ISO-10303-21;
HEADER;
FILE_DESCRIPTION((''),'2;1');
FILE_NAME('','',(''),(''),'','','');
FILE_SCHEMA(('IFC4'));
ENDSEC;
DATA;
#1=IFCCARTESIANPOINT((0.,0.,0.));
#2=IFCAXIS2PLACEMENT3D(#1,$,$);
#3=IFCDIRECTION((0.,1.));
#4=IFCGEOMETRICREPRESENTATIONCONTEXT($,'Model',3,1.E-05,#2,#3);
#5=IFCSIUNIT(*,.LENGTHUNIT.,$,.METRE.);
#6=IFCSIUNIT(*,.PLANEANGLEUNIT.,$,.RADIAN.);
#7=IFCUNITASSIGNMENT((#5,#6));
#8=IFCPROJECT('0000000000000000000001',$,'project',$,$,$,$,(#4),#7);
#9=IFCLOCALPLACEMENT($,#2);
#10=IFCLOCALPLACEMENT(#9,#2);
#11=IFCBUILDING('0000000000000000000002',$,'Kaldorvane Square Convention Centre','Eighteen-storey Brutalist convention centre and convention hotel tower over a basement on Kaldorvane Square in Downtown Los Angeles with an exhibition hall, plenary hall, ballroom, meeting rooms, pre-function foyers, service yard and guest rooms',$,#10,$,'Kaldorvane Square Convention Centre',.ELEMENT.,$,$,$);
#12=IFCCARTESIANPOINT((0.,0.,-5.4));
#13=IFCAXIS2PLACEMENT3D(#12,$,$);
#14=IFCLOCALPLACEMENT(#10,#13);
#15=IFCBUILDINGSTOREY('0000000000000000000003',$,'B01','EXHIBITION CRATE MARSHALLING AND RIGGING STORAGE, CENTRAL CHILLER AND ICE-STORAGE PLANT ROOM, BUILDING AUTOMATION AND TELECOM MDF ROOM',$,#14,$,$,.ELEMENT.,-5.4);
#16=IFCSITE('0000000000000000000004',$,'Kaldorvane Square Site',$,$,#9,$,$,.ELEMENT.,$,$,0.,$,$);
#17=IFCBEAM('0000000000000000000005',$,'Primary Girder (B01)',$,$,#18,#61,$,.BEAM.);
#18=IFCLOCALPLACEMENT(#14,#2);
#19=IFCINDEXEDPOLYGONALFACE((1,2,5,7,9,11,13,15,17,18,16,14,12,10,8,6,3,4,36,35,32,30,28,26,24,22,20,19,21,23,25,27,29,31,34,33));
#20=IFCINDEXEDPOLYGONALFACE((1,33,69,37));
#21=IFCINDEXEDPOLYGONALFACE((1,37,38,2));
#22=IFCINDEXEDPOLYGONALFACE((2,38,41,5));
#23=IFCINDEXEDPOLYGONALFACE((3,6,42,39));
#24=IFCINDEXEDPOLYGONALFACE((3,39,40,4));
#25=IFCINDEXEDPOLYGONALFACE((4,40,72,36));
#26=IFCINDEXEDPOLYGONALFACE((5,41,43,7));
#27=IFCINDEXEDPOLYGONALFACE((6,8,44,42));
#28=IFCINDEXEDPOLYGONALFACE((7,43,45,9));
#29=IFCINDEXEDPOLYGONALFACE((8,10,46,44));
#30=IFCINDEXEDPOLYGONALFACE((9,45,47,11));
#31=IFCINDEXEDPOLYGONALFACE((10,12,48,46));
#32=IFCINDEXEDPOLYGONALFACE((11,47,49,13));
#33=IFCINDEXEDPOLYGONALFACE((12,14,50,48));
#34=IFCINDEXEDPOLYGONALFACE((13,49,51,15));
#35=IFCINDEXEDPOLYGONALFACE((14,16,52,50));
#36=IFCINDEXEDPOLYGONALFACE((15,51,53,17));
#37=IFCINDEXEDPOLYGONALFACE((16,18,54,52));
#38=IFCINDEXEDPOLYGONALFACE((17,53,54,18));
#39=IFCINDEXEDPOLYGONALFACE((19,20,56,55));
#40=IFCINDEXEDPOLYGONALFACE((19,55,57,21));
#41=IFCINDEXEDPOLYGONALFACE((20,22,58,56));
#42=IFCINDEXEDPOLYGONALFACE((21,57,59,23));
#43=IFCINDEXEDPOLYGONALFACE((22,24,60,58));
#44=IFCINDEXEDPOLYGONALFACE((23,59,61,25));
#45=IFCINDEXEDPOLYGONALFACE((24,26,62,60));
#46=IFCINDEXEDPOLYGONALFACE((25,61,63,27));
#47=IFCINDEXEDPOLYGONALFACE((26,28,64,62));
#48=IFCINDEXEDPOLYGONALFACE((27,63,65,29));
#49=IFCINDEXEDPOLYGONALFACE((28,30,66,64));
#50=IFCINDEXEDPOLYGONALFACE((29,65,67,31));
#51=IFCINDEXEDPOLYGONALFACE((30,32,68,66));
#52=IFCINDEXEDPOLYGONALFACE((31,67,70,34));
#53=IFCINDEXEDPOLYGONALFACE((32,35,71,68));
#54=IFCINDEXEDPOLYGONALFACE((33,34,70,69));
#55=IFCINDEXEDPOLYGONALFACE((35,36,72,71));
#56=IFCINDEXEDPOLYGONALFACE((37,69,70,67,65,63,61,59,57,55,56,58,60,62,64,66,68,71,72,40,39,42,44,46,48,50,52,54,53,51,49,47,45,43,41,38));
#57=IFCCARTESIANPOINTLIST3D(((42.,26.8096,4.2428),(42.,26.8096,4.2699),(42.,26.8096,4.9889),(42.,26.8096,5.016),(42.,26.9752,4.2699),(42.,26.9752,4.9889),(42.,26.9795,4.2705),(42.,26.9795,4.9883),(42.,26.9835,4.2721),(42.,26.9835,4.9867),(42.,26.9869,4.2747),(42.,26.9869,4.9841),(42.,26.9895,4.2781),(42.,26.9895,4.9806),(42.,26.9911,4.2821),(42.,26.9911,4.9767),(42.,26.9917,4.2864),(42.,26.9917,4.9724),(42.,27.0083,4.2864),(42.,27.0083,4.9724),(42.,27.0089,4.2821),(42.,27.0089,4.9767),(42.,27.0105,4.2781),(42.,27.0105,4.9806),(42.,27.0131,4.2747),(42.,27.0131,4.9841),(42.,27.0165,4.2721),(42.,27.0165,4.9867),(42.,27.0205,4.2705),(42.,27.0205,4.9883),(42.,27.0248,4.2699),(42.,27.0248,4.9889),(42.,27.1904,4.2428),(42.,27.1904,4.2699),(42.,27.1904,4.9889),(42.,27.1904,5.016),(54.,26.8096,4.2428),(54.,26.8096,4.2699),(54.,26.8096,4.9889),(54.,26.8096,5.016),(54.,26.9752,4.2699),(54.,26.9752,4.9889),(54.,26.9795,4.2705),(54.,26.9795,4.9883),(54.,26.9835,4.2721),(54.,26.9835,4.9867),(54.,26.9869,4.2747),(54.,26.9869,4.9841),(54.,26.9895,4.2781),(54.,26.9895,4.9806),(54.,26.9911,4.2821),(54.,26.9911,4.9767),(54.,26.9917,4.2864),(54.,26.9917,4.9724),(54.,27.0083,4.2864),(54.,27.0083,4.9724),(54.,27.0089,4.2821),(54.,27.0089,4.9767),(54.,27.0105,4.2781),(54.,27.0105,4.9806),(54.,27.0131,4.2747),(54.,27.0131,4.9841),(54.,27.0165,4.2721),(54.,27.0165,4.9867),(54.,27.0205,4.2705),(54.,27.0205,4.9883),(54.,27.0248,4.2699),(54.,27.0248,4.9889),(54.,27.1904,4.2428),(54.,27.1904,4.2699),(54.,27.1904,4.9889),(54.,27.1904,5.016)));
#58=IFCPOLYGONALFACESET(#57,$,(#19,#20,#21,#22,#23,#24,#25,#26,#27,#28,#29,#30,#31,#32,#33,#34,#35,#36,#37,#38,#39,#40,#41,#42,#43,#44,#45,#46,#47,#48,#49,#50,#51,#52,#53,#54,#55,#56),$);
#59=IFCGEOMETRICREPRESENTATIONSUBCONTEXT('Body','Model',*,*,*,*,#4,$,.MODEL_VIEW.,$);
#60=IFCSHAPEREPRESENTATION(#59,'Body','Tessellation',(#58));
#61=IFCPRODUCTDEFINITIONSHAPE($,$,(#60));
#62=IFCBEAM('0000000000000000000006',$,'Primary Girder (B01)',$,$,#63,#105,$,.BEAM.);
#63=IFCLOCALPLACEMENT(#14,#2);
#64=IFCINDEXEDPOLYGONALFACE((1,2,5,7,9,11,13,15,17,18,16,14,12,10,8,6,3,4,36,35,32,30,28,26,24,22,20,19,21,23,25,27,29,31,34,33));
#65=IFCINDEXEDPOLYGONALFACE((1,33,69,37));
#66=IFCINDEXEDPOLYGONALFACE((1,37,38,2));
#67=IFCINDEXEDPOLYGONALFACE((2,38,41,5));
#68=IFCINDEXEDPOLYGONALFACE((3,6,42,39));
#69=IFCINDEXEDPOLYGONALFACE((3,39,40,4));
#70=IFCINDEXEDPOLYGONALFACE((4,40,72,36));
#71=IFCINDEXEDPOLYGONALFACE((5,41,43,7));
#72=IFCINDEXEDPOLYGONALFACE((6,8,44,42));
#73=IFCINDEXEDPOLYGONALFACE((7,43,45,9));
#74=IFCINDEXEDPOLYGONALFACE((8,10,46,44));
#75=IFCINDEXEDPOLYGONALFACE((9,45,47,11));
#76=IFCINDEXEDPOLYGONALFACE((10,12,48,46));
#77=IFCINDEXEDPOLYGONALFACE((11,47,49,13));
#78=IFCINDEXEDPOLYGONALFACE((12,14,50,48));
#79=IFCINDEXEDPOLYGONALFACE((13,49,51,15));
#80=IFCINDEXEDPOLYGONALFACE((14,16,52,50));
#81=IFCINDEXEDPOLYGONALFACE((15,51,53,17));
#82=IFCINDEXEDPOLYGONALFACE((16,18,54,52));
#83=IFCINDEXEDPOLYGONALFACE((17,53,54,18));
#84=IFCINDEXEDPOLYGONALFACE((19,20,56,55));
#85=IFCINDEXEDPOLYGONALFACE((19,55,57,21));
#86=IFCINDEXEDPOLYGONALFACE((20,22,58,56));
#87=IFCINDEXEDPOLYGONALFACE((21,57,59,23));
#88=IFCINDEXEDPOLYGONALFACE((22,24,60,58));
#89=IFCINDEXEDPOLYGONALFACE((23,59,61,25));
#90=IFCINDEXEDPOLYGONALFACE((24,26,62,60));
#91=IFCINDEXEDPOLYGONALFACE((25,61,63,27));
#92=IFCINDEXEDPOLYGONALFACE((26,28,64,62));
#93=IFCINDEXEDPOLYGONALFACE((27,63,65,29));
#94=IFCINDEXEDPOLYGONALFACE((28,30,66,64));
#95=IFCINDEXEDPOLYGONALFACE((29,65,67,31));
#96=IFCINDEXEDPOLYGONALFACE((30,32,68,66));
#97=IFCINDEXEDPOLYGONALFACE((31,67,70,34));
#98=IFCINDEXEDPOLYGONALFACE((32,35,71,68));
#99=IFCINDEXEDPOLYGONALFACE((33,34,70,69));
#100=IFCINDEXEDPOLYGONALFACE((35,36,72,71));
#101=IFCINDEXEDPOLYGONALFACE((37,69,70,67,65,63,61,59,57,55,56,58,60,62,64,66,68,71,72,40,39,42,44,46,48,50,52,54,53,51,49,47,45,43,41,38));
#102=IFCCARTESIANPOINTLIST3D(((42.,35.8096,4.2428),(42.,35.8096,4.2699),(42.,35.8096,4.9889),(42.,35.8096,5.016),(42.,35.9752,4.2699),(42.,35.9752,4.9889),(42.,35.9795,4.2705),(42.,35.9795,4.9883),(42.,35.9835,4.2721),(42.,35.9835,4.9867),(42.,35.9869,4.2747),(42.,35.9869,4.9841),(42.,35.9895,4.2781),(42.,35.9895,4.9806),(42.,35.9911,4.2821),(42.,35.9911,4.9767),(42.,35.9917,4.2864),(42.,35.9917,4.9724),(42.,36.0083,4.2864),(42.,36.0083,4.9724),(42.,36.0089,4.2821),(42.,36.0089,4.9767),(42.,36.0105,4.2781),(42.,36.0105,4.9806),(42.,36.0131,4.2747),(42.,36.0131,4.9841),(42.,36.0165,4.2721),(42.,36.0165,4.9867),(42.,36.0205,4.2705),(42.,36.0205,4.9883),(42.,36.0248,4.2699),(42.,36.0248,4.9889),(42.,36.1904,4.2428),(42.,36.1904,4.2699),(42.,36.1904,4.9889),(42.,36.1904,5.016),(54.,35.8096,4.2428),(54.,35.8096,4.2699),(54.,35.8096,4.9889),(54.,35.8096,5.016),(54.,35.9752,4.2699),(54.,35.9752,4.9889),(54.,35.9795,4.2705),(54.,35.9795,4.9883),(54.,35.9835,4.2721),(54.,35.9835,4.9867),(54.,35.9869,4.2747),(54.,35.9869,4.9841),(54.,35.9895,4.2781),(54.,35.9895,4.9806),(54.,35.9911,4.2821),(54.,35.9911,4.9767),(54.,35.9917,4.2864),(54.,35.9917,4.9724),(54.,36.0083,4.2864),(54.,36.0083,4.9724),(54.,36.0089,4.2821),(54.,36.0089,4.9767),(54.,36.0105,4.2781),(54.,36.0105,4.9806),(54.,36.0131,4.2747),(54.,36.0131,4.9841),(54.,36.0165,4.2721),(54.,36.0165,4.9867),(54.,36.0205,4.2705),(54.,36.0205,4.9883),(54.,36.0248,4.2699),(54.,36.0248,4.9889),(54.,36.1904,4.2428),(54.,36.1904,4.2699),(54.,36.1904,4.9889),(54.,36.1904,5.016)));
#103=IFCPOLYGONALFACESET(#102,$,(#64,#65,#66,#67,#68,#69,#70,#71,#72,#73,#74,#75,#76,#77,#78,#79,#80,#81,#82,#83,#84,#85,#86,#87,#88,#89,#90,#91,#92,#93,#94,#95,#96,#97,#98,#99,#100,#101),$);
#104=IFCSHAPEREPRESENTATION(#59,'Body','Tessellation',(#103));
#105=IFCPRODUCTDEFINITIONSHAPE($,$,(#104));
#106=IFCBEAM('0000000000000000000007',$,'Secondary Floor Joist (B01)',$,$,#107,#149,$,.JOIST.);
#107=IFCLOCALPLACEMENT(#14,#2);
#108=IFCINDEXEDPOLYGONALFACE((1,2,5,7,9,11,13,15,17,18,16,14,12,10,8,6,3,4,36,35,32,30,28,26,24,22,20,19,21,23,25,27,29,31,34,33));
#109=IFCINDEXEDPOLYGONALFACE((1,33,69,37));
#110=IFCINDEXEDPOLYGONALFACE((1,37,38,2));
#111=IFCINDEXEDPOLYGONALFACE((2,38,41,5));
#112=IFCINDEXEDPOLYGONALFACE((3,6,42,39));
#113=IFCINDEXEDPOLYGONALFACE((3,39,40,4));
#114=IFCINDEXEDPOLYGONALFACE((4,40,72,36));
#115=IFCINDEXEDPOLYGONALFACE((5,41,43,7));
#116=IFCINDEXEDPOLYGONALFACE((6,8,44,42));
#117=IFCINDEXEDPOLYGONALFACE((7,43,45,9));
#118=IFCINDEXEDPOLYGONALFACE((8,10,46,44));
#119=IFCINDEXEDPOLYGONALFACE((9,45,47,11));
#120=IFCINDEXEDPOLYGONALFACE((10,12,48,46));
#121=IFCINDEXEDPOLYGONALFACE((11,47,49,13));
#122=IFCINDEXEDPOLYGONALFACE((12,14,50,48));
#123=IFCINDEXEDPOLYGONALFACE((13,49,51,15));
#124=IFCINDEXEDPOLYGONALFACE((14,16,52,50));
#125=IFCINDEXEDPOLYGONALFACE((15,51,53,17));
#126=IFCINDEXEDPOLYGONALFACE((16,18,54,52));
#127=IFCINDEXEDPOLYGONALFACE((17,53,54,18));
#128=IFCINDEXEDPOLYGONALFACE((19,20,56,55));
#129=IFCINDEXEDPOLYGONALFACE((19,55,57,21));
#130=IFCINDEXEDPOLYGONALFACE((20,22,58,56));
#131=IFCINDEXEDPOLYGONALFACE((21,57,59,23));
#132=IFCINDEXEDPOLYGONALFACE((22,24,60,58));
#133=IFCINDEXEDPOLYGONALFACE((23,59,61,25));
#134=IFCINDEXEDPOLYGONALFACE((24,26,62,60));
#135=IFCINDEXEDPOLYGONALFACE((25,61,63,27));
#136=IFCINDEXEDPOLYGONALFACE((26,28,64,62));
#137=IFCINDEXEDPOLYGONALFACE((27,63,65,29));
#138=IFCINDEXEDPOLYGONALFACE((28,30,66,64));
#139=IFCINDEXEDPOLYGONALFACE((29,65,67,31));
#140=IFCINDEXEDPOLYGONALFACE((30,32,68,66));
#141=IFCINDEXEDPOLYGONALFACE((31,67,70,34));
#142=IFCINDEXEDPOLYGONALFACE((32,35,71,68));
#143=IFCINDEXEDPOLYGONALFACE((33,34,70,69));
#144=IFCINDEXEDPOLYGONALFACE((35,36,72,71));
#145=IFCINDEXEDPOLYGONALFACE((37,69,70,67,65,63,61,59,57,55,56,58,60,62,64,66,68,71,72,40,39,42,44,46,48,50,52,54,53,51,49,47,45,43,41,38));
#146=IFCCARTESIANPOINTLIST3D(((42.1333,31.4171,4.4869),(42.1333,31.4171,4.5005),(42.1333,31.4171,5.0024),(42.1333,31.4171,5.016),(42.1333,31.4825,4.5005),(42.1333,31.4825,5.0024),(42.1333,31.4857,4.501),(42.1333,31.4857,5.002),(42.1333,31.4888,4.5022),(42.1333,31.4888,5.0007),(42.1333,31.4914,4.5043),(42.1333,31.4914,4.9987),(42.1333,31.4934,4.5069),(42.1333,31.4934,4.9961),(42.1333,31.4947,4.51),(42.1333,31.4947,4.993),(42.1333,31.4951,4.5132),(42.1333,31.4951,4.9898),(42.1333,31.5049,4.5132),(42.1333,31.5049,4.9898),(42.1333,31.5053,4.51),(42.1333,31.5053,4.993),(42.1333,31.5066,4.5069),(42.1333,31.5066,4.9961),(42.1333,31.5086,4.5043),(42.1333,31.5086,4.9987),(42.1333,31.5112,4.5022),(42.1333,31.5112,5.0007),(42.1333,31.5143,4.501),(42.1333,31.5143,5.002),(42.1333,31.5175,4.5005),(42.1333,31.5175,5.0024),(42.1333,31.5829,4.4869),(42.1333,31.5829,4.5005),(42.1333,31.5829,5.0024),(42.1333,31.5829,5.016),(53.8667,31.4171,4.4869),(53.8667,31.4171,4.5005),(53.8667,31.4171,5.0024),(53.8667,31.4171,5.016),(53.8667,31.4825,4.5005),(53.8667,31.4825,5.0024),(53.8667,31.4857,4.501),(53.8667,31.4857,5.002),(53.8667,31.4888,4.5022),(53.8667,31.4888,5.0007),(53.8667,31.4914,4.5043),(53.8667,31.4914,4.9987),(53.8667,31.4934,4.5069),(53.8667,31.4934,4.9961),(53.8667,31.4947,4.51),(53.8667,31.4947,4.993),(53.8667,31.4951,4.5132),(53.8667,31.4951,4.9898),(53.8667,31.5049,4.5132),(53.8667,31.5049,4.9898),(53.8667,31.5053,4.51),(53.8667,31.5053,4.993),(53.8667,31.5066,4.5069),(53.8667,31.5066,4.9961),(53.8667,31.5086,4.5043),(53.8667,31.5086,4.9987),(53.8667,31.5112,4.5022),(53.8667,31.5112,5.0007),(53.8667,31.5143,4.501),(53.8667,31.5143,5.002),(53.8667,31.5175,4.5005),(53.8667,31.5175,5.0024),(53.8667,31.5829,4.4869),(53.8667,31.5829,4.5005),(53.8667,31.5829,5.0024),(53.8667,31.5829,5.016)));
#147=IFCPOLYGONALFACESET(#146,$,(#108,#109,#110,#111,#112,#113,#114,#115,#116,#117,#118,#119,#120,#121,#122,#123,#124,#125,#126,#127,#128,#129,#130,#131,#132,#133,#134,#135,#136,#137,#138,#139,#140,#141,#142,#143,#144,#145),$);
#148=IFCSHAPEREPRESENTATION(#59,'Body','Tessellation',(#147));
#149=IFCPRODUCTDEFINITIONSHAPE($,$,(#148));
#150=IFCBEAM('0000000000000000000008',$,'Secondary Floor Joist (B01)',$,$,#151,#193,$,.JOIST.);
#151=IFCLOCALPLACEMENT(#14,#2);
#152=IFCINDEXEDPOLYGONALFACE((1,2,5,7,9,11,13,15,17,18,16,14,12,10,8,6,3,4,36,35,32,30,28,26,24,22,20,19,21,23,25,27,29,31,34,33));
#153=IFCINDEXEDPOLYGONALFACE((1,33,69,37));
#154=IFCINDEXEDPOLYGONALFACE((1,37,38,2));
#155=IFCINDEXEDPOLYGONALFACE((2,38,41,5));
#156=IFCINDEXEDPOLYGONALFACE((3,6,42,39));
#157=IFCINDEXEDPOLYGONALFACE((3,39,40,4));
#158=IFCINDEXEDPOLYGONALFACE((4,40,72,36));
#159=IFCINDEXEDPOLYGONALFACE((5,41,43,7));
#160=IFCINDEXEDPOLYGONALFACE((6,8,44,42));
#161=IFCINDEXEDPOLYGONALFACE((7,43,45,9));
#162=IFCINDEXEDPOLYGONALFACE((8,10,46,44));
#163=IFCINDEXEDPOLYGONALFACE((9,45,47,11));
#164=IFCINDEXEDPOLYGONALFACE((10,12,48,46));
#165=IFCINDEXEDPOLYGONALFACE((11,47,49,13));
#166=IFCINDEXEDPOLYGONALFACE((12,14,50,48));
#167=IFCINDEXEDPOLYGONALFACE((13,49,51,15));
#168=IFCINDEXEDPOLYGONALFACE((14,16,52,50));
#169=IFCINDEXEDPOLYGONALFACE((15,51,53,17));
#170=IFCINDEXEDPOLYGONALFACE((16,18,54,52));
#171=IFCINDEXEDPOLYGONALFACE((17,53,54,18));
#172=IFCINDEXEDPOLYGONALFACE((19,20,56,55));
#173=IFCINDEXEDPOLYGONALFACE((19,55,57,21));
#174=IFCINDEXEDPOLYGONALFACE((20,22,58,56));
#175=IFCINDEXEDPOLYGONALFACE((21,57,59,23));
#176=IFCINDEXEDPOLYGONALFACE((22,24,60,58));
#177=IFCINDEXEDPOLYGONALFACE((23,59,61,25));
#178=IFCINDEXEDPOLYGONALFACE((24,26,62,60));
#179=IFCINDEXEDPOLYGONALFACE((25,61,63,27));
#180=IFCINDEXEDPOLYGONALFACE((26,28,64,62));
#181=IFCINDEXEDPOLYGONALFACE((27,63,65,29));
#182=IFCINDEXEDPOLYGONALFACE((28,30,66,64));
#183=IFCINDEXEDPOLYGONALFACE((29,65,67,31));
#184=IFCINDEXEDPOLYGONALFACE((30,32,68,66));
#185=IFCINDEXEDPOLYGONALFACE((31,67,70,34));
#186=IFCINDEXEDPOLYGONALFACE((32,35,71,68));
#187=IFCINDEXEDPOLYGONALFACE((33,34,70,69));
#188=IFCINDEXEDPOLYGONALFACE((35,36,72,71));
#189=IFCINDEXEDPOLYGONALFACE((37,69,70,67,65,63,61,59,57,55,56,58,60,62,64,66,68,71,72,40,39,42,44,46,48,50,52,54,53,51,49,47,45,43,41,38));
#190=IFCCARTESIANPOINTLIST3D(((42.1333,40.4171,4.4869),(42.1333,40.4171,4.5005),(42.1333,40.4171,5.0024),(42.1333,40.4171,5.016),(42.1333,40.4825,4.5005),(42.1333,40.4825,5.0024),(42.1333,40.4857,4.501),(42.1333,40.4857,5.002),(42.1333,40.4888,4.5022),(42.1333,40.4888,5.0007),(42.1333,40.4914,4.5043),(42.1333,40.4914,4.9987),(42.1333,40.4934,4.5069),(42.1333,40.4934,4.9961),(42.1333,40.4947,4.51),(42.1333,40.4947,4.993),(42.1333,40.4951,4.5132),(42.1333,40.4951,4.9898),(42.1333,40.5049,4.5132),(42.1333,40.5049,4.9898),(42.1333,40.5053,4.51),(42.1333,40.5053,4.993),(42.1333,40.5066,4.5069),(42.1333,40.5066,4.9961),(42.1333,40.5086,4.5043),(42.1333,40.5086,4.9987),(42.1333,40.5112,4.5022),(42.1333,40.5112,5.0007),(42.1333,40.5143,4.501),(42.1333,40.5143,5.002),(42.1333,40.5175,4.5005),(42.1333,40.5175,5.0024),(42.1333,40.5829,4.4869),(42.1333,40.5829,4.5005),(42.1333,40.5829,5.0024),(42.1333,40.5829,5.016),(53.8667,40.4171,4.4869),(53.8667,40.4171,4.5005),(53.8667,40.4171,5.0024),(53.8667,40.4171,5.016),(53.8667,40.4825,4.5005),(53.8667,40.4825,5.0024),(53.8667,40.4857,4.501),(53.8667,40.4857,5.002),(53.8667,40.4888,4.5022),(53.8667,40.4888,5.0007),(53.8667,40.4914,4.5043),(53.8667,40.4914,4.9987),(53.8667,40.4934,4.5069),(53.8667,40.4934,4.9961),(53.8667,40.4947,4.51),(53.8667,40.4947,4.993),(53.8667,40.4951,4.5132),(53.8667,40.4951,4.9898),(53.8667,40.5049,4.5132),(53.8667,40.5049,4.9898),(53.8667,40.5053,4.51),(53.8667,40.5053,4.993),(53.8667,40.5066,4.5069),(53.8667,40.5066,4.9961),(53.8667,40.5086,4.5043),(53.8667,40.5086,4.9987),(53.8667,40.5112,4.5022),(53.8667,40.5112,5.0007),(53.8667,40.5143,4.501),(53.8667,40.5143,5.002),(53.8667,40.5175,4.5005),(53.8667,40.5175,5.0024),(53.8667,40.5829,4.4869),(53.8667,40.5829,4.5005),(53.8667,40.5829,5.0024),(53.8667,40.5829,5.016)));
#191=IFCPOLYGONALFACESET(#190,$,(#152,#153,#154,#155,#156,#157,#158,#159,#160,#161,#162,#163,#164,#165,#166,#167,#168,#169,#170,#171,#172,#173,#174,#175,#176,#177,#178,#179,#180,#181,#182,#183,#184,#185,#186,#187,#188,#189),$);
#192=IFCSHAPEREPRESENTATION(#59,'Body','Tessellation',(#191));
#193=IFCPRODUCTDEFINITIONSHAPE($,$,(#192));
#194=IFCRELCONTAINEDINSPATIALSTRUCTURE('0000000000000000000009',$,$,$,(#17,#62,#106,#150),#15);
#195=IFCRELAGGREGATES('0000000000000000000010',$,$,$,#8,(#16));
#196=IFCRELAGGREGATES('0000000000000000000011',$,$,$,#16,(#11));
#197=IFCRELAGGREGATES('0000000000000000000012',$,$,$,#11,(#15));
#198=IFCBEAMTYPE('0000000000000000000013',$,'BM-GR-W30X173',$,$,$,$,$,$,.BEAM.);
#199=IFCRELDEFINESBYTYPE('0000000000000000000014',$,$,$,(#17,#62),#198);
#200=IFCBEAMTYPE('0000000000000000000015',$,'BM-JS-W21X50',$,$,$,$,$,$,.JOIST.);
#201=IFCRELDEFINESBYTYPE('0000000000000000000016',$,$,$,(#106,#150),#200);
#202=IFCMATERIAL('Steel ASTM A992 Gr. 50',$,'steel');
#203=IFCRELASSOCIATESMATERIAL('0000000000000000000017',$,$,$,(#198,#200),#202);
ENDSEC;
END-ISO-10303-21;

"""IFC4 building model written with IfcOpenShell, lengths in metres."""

from ifc_helpers import new_model, si_unit, direction, frame, origin, origin_2d, place, context, subcontext, project, spatial, i_section, extrude, material, material_profile, profile_set, type_object, element, save


model = new_model("IFC4")

# Units and contexts
model_context = context("Model", 3, precision=1e-05, world=origin(), true_north=direction((0.0, 1.0)))
body_context = subcontext(model_context, "Body", "Model", "MODEL_VIEW")
ifc_project = project(units=[si_unit("LENGTHUNIT", "METRE"), si_unit("PLANEANGLEUNIT", "RADIAN")], contexts=[model_context])

# Site, building, storey
site_placement = place(None, origin())
site = spatial("IfcSite", under=ifc_project, at=site_placement, Name="Kaldorvane Square Site", CompositionType="ELEMENT", RefElevation=0.0)
building_placement = place(site_placement, origin())
building = spatial("IfcBuilding", under=site, at=building_placement, Name="Kaldorvane Square Convention Centre", Description="Eighteen-storey Brutalist convention centre and convention hotel tower over a basement on Kaldorvane Square in Downtown Los Angeles with an exhibition hall, plenary hall, ballroom, meeting rooms, pre-function foyers, service yard and guest rooms", LongName="Kaldorvane Square Convention Centre", CompositionType="ELEMENT")
storey_placement = place(building_placement, frame((0.0, 0.0, -5.4)))
storey = spatial("IfcBuildingStorey", under=building, at=storey_placement, Name="B01", Description="EXHIBITION CRATE MARSHALLING AND RIGGING STORAGE, CENTRAL CHILLER AND ICE-STORAGE PLANT ROOM, BUILDING AUTOMATION AND TELECOM MDF ROOM", CompositionType="ELEMENT", Elevation=-5.4)

# Shared definitions
ifc_material_1 = material(Name="Steel ASTM A992 Gr. 50", Category="steel")

# Beams
ifc_material_profile_1 = material_profile(ifc_material_1, i_section(OverallWidth=0.3807, OverallDepth=0.7732, WebThickness=0.0166, FlangeThickness=0.0271, FilletRadius=0.0165, at=origin_2d()), Name="W30X173")
ifc_profile_set_1 = profile_set([ifc_material_profile_1], Name="Steel ASTM A992 Gr. 50")
beam_type_1 = type_object("IfcBeamType", Name="BM-GR-W30X173", PredefinedType="BEAM", material=ifc_profile_set_1)
for number, where, z_axis, x_axis, name in (
    (1, (42.0, 27.0, 4.6294), (1.0, 0.0, 0.0), (0.0, 1.0, 0.0), "Primary Girder (B01)"),
    (2, (42.0, 36.0, 4.6294), (1.0, 0.0, 0.0), (0.0, 1.0, 0.0), "Primary Girder (B01)"),
):
    element("IfcBeam", number, at=place(storey_placement, frame(where, z_axis=z_axis, x_axis=x_axis)), inside=storey, type_object=beam_type_1, Name=name, PredefinedType="BEAM", context=body_context, shape_type="SweptSolid", body=[
        extrude(i_section(OverallWidth=0.3807, OverallDepth=0.7732, WebThickness=0.0166, FlangeThickness=0.0271, FilletRadius=0.0165, at=origin_2d()), origin(), (0.0, 0.0, 1.0), 12.0),
    ])
ifc_material_profile_2 = material_profile(ifc_material_1, i_section(OverallWidth=0.1659, OverallDepth=0.5291, WebThickness=0.0097, FlangeThickness=0.0136, FilletRadius=0.0127, at=origin_2d()), Name="W21X50")
ifc_profile_set_2 = profile_set([ifc_material_profile_2], Name="Steel ASTM A992 Gr. 50")
beam_type_2 = type_object("IfcBeamType", Name="BM-JS-W21X50", PredefinedType="JOIST", material=ifc_profile_set_2)
for number, where, z_axis, x_axis, name in (
    (3, (42.1333, 31.5, 4.7515), (1.0, 0.0, 0.0), (0.0, 1.0, 0.0), "Secondary Floor Joist (B01)"),
    (4, (42.1333, 40.5, 4.7515), (1.0, 0.0, 0.0), (0.0, 1.0, 0.0), "Secondary Floor Joist (B01)"),
):
    element("IfcBeam", number, at=place(storey_placement, frame(where, z_axis=z_axis, x_axis=x_axis)), inside=storey, type_object=beam_type_2, Name=name, PredefinedType="JOIST", context=body_context, shape_type="SweptSolid", body=[
        extrude(i_section(OverallWidth=0.1659, OverallDepth=0.5291, WebThickness=0.0097, FlangeThickness=0.0136, FilletRadius=0.0127, at=origin_2d()), origin(), (0.0, 0.0, 1.0), 11.7334),
    ])

save(model, "model.ifc")
